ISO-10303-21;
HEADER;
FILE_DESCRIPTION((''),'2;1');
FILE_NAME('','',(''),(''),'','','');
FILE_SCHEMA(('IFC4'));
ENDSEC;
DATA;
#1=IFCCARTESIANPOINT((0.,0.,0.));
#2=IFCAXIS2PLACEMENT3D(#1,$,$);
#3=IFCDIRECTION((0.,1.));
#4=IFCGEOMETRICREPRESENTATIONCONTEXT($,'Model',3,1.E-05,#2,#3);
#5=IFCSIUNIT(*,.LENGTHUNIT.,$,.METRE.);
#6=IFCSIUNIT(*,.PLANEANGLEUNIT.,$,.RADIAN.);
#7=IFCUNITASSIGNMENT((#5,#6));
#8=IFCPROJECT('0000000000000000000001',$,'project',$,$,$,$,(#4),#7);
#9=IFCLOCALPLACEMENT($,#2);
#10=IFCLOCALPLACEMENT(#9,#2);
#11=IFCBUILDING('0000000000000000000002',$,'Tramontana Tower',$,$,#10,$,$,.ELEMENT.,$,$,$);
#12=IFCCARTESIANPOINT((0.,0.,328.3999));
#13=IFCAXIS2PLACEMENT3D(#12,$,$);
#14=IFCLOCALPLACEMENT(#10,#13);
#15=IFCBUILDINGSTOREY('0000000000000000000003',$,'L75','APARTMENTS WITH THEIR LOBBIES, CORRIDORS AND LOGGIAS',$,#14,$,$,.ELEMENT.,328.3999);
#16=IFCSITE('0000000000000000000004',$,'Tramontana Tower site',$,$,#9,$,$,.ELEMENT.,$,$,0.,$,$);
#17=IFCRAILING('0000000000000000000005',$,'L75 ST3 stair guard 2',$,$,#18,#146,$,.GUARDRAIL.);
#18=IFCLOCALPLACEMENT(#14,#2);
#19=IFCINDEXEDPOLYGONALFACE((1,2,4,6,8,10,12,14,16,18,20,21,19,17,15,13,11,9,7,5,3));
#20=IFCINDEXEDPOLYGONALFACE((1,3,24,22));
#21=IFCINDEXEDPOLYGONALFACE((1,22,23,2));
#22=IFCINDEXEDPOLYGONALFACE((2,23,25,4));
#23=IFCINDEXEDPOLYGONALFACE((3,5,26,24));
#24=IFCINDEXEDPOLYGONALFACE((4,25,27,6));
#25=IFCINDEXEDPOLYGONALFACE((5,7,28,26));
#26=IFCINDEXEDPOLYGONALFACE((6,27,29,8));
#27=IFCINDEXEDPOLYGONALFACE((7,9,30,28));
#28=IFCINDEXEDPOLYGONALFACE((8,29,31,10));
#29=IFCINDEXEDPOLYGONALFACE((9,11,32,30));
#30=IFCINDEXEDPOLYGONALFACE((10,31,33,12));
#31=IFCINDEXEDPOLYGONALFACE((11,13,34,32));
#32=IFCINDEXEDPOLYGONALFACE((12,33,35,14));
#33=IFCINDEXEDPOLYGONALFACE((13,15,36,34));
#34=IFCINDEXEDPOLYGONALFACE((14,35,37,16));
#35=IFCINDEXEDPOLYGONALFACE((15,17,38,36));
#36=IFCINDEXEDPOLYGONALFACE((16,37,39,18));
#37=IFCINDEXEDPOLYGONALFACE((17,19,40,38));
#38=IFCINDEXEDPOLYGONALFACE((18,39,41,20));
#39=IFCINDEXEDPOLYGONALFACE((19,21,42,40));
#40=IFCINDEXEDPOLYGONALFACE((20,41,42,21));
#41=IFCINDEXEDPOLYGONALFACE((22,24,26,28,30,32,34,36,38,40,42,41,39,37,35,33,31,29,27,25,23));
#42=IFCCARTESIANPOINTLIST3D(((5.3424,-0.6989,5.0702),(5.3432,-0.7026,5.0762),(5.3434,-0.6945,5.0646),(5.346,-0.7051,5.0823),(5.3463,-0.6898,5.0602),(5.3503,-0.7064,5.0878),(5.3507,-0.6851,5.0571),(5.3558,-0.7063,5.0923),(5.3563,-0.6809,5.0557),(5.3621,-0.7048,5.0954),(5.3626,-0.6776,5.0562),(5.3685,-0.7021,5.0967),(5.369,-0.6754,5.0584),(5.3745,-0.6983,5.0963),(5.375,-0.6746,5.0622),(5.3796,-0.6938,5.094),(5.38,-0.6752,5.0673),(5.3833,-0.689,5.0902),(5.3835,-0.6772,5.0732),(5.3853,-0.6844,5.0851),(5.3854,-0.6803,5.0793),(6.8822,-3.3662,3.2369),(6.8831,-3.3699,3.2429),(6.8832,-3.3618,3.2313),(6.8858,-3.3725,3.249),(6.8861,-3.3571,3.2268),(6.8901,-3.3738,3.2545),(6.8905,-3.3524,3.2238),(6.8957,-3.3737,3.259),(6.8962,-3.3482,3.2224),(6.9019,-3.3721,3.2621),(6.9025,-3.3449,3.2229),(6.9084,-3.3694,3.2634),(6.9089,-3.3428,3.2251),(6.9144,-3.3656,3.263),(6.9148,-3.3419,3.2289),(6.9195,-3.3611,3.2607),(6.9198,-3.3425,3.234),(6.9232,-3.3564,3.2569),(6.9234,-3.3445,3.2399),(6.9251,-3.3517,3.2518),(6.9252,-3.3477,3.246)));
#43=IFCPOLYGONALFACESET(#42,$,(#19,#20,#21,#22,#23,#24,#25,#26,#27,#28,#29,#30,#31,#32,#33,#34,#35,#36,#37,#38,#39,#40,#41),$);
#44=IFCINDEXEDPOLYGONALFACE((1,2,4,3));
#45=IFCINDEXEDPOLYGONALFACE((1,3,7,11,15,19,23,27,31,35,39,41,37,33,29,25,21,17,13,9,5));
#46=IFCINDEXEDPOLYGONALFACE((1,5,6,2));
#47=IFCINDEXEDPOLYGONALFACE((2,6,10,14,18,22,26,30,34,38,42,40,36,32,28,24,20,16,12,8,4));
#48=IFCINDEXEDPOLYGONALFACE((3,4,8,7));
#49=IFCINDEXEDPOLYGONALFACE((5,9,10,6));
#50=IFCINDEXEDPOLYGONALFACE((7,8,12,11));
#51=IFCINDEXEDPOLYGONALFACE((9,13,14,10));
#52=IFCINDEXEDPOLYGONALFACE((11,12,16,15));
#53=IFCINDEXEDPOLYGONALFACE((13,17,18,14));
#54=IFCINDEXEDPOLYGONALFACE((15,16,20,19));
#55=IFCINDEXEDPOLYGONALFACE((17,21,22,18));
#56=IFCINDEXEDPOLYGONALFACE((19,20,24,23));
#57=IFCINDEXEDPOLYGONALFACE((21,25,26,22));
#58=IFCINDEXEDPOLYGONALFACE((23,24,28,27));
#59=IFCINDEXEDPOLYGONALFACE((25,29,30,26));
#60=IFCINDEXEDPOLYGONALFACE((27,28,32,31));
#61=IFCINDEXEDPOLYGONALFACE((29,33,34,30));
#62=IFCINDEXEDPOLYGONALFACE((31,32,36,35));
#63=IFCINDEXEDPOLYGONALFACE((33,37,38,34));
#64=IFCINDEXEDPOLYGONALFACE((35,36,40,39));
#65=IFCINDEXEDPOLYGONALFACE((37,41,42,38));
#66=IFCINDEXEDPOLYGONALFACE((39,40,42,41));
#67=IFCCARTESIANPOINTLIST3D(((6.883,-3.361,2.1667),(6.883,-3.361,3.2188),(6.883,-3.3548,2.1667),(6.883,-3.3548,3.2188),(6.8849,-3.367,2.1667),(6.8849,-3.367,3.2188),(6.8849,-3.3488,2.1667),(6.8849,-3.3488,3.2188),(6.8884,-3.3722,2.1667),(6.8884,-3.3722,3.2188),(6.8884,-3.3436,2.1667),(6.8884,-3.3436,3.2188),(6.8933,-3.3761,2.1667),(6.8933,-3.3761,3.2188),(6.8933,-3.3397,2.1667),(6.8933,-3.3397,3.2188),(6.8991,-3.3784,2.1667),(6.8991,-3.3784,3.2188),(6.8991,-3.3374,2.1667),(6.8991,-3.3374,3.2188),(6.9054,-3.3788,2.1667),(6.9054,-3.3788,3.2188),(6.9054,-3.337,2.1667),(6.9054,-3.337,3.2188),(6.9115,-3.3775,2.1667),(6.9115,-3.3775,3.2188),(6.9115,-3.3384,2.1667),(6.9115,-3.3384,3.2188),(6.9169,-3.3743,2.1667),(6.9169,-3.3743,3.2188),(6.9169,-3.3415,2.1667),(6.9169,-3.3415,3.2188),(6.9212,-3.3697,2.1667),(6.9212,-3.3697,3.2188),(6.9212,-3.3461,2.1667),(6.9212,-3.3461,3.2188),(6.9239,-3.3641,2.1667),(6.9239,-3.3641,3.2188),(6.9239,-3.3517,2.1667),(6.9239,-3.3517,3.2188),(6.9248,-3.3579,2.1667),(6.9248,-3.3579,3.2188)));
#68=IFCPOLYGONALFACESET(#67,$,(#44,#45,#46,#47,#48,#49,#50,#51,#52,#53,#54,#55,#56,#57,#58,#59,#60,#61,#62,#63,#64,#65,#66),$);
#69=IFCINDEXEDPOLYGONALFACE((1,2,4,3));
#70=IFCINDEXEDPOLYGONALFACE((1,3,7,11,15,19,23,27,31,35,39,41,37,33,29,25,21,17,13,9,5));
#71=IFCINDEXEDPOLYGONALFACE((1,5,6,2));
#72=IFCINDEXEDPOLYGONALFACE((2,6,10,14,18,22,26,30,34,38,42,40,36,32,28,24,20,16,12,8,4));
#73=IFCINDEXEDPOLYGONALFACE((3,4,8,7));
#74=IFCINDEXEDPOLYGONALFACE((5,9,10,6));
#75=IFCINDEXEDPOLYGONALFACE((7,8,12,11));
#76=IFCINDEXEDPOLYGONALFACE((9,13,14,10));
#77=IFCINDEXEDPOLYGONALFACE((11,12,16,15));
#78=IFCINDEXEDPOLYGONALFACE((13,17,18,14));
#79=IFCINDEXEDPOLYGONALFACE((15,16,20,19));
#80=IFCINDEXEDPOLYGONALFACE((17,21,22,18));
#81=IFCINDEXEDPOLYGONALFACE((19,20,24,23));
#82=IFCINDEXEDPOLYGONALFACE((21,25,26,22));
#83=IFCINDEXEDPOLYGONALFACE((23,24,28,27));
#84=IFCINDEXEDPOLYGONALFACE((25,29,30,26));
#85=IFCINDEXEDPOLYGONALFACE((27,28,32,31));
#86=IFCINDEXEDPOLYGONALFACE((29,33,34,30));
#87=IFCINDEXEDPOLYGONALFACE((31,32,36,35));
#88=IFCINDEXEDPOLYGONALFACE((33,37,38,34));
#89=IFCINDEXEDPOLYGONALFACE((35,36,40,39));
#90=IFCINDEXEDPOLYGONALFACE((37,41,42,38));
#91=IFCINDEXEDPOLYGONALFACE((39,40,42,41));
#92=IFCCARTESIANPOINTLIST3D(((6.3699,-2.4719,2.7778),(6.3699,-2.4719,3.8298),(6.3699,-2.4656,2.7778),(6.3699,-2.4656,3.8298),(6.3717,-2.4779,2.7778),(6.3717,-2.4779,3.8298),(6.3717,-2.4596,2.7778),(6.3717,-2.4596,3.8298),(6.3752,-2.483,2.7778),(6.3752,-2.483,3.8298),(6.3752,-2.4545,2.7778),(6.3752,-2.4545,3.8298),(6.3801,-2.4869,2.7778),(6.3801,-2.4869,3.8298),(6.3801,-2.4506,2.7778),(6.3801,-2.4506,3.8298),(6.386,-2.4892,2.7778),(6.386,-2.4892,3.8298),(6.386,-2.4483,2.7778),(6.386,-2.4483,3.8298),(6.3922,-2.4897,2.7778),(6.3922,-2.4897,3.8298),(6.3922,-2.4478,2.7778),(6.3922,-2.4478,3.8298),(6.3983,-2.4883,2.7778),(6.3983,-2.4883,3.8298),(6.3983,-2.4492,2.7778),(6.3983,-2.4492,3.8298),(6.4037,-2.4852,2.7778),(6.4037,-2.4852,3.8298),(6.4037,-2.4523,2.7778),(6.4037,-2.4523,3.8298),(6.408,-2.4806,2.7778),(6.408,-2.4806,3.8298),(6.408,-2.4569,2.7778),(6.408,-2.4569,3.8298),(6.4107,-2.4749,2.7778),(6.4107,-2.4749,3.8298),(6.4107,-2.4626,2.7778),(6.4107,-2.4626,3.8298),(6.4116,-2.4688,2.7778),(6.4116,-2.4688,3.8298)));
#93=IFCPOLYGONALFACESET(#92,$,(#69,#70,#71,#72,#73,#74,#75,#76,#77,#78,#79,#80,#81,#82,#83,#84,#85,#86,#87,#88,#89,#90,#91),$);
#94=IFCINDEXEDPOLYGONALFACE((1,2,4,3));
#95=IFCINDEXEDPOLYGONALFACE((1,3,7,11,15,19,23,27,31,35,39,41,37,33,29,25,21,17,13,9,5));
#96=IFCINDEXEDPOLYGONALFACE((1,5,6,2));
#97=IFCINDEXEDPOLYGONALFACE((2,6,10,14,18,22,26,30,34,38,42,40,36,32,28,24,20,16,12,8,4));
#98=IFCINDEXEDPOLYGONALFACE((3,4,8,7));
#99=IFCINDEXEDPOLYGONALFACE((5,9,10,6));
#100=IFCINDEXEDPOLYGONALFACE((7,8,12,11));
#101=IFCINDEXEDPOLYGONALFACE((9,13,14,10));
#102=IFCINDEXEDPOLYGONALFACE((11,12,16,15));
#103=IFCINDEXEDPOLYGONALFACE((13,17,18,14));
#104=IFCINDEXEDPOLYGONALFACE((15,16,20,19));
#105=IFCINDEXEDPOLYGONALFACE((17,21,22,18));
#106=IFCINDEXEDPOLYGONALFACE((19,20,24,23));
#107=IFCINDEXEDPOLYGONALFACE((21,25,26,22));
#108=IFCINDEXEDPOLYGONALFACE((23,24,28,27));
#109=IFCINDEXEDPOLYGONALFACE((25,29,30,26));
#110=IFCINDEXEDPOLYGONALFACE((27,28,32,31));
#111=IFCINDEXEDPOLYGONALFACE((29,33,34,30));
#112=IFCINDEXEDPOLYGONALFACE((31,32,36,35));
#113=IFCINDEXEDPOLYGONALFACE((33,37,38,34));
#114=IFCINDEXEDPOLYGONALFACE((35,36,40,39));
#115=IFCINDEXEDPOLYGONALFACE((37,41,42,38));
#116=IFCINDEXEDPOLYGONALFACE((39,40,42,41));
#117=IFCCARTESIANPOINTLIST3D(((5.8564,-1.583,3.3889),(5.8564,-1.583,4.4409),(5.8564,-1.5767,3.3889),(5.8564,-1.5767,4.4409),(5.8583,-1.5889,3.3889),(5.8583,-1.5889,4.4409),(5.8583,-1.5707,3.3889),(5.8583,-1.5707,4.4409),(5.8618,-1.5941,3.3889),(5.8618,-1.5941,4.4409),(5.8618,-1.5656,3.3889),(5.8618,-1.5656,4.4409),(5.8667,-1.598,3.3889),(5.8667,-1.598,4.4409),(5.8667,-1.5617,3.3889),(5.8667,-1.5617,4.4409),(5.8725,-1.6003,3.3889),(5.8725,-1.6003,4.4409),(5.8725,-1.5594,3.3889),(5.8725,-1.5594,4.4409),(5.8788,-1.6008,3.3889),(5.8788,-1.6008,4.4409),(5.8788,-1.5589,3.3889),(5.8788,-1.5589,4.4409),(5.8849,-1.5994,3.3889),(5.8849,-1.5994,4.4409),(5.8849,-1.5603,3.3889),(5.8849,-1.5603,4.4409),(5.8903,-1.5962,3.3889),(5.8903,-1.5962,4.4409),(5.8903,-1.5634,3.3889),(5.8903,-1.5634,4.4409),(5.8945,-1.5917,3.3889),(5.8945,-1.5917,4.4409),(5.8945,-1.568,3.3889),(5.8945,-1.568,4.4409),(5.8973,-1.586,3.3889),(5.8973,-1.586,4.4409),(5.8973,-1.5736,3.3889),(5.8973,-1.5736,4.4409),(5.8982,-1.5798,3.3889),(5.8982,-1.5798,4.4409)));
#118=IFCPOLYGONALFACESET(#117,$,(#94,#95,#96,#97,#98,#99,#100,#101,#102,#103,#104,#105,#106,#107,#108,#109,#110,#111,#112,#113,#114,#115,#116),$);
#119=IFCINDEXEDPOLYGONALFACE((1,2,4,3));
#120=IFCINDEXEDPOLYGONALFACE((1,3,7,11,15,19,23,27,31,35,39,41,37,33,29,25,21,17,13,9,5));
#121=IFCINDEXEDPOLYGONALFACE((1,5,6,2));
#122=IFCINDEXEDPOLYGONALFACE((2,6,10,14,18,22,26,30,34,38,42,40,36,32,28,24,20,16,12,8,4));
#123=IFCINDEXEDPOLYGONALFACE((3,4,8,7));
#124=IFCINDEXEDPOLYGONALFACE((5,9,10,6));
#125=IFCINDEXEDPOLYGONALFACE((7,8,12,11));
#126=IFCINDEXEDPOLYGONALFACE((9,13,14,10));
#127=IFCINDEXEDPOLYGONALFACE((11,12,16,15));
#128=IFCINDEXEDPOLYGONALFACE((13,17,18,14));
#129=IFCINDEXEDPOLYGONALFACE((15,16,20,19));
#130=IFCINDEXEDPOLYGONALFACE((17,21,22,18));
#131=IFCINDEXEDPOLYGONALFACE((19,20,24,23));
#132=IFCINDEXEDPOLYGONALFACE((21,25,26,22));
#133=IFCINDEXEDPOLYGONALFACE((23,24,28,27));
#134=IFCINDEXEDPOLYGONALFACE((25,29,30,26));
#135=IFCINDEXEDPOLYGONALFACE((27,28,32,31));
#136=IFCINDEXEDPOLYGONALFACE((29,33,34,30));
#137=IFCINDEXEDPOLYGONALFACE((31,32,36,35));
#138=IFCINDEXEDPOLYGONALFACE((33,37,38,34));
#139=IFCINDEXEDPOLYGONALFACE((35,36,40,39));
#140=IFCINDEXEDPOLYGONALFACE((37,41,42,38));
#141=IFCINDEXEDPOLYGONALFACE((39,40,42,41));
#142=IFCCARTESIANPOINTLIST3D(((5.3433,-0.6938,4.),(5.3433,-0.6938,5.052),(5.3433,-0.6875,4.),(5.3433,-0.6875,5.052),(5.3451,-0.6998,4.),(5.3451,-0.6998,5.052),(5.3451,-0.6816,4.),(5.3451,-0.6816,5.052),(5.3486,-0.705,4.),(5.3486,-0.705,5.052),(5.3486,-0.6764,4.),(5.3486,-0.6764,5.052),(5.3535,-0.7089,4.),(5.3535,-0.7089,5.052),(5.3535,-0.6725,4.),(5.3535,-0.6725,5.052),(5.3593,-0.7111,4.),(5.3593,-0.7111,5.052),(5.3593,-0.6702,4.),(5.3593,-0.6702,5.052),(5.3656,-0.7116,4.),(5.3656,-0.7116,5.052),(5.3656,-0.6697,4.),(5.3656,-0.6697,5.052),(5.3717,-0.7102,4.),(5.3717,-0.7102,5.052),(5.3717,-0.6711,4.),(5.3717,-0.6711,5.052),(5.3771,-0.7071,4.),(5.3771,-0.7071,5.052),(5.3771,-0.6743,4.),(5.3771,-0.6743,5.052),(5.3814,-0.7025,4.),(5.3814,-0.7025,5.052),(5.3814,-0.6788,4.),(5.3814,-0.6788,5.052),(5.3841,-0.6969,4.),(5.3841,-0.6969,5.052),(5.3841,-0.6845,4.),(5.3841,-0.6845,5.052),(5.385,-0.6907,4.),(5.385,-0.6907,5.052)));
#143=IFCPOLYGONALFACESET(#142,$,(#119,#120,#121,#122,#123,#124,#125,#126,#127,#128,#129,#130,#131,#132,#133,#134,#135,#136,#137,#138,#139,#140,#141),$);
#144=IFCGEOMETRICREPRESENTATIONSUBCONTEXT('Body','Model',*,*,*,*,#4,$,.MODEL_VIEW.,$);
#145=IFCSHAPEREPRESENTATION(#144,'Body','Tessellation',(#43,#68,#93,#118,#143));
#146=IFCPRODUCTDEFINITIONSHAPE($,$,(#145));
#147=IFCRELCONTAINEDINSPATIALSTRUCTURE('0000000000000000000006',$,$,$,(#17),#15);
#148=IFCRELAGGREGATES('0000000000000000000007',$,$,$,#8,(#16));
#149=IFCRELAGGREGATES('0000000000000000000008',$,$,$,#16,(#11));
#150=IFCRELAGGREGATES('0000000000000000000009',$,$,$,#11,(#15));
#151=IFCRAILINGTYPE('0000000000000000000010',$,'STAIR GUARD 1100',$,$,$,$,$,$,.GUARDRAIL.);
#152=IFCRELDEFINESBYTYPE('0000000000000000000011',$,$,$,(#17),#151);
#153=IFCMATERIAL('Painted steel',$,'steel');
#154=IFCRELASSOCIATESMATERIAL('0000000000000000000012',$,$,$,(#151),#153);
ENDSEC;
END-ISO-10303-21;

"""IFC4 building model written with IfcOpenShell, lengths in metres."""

from ifc_helpers import new_model, si_unit, direction, frame, origin, origin_2d, place, context, subcontext, project, spatial, circle, extrude, material, type_object, element, save


model = new_model("IFC4")

# Units and contexts
model_context = context("Model", 3, precision=1e-05, world=origin(), true_north=direction((0.0, 1.0)))
body_context = subcontext(model_context, "Body", "Model", "MODEL_VIEW")
ifc_project = project(units=[si_unit("LENGTHUNIT", "METRE"), si_unit("PLANEANGLEUNIT", "RADIAN")], contexts=[model_context])

# Site, building, storey
site_placement = place(None, origin())
site = spatial("IfcSite", under=ifc_project, at=site_placement, Name="Tramontana Tower site", CompositionType="ELEMENT", RefElevation=0.0)
building_placement = place(site_placement, origin())
building = spatial("IfcBuilding", under=site, at=building_placement, Name="Tramontana Tower", CompositionType="ELEMENT")
storey_placement = place(building_placement, frame((0.0, 0.0, 328.3999)))
storey = spatial("IfcBuildingStorey", under=building, at=storey_placement, Name="L75", Description="APARTMENTS WITH THEIR LOBBIES, CORRIDORS AND LOGGIAS", CompositionType="ELEMENT", Elevation=328.3999)

# Railing
ifc_material_1 = material(Name="Painted steel", Category="steel")
railing_type_1 = type_object("IfcRailingType", Name="STAIR GUARD 1100", PredefinedType="GUARDRAIL", material=ifc_material_1)
railing_1_placement = place(storey_placement, frame((6.9038, -3.3579, 2.1667)))
element("IfcRailing", 1, at=railing_1_placement, inside=storey, type_object=railing_type_1, Name="L75 ST3 stair guard 2", PredefinedType="GUARDRAIL", context=body_context, shape_type="SweptSolid", body=[
    extrude(circle(Radius=0.0239, at=origin_2d()), frame((0.0, 0.0, 1.0762), z_axis=(-0.429616, 0.744181, 0.511493), x_axis=(-0.866044, -0.499967, 0.0)), (0.0, 0.0, 1.0), 3.5842),
    extrude(circle(Radius=0.021, at=origin_2d()), origin(), (0.0, 0.0, 1.0), 1.052),
    extrude(circle(Radius=0.021, at=origin_2d()), frame((-0.5132, 0.8892, 0.6111)), (0.0, 0.0, 1.0), 1.052),
    extrude(circle(Radius=0.021, at=origin_2d()), frame((-1.0266, 1.7781, 1.2222)), (0.0, 0.0, 1.0), 1.052),
    extrude(circle(Radius=0.021, at=origin_2d()), frame((-1.5398, 2.6672, 1.8333)), (0.0, 0.0, 1.0), 1.052),
])

save(model, "model.ifc")
